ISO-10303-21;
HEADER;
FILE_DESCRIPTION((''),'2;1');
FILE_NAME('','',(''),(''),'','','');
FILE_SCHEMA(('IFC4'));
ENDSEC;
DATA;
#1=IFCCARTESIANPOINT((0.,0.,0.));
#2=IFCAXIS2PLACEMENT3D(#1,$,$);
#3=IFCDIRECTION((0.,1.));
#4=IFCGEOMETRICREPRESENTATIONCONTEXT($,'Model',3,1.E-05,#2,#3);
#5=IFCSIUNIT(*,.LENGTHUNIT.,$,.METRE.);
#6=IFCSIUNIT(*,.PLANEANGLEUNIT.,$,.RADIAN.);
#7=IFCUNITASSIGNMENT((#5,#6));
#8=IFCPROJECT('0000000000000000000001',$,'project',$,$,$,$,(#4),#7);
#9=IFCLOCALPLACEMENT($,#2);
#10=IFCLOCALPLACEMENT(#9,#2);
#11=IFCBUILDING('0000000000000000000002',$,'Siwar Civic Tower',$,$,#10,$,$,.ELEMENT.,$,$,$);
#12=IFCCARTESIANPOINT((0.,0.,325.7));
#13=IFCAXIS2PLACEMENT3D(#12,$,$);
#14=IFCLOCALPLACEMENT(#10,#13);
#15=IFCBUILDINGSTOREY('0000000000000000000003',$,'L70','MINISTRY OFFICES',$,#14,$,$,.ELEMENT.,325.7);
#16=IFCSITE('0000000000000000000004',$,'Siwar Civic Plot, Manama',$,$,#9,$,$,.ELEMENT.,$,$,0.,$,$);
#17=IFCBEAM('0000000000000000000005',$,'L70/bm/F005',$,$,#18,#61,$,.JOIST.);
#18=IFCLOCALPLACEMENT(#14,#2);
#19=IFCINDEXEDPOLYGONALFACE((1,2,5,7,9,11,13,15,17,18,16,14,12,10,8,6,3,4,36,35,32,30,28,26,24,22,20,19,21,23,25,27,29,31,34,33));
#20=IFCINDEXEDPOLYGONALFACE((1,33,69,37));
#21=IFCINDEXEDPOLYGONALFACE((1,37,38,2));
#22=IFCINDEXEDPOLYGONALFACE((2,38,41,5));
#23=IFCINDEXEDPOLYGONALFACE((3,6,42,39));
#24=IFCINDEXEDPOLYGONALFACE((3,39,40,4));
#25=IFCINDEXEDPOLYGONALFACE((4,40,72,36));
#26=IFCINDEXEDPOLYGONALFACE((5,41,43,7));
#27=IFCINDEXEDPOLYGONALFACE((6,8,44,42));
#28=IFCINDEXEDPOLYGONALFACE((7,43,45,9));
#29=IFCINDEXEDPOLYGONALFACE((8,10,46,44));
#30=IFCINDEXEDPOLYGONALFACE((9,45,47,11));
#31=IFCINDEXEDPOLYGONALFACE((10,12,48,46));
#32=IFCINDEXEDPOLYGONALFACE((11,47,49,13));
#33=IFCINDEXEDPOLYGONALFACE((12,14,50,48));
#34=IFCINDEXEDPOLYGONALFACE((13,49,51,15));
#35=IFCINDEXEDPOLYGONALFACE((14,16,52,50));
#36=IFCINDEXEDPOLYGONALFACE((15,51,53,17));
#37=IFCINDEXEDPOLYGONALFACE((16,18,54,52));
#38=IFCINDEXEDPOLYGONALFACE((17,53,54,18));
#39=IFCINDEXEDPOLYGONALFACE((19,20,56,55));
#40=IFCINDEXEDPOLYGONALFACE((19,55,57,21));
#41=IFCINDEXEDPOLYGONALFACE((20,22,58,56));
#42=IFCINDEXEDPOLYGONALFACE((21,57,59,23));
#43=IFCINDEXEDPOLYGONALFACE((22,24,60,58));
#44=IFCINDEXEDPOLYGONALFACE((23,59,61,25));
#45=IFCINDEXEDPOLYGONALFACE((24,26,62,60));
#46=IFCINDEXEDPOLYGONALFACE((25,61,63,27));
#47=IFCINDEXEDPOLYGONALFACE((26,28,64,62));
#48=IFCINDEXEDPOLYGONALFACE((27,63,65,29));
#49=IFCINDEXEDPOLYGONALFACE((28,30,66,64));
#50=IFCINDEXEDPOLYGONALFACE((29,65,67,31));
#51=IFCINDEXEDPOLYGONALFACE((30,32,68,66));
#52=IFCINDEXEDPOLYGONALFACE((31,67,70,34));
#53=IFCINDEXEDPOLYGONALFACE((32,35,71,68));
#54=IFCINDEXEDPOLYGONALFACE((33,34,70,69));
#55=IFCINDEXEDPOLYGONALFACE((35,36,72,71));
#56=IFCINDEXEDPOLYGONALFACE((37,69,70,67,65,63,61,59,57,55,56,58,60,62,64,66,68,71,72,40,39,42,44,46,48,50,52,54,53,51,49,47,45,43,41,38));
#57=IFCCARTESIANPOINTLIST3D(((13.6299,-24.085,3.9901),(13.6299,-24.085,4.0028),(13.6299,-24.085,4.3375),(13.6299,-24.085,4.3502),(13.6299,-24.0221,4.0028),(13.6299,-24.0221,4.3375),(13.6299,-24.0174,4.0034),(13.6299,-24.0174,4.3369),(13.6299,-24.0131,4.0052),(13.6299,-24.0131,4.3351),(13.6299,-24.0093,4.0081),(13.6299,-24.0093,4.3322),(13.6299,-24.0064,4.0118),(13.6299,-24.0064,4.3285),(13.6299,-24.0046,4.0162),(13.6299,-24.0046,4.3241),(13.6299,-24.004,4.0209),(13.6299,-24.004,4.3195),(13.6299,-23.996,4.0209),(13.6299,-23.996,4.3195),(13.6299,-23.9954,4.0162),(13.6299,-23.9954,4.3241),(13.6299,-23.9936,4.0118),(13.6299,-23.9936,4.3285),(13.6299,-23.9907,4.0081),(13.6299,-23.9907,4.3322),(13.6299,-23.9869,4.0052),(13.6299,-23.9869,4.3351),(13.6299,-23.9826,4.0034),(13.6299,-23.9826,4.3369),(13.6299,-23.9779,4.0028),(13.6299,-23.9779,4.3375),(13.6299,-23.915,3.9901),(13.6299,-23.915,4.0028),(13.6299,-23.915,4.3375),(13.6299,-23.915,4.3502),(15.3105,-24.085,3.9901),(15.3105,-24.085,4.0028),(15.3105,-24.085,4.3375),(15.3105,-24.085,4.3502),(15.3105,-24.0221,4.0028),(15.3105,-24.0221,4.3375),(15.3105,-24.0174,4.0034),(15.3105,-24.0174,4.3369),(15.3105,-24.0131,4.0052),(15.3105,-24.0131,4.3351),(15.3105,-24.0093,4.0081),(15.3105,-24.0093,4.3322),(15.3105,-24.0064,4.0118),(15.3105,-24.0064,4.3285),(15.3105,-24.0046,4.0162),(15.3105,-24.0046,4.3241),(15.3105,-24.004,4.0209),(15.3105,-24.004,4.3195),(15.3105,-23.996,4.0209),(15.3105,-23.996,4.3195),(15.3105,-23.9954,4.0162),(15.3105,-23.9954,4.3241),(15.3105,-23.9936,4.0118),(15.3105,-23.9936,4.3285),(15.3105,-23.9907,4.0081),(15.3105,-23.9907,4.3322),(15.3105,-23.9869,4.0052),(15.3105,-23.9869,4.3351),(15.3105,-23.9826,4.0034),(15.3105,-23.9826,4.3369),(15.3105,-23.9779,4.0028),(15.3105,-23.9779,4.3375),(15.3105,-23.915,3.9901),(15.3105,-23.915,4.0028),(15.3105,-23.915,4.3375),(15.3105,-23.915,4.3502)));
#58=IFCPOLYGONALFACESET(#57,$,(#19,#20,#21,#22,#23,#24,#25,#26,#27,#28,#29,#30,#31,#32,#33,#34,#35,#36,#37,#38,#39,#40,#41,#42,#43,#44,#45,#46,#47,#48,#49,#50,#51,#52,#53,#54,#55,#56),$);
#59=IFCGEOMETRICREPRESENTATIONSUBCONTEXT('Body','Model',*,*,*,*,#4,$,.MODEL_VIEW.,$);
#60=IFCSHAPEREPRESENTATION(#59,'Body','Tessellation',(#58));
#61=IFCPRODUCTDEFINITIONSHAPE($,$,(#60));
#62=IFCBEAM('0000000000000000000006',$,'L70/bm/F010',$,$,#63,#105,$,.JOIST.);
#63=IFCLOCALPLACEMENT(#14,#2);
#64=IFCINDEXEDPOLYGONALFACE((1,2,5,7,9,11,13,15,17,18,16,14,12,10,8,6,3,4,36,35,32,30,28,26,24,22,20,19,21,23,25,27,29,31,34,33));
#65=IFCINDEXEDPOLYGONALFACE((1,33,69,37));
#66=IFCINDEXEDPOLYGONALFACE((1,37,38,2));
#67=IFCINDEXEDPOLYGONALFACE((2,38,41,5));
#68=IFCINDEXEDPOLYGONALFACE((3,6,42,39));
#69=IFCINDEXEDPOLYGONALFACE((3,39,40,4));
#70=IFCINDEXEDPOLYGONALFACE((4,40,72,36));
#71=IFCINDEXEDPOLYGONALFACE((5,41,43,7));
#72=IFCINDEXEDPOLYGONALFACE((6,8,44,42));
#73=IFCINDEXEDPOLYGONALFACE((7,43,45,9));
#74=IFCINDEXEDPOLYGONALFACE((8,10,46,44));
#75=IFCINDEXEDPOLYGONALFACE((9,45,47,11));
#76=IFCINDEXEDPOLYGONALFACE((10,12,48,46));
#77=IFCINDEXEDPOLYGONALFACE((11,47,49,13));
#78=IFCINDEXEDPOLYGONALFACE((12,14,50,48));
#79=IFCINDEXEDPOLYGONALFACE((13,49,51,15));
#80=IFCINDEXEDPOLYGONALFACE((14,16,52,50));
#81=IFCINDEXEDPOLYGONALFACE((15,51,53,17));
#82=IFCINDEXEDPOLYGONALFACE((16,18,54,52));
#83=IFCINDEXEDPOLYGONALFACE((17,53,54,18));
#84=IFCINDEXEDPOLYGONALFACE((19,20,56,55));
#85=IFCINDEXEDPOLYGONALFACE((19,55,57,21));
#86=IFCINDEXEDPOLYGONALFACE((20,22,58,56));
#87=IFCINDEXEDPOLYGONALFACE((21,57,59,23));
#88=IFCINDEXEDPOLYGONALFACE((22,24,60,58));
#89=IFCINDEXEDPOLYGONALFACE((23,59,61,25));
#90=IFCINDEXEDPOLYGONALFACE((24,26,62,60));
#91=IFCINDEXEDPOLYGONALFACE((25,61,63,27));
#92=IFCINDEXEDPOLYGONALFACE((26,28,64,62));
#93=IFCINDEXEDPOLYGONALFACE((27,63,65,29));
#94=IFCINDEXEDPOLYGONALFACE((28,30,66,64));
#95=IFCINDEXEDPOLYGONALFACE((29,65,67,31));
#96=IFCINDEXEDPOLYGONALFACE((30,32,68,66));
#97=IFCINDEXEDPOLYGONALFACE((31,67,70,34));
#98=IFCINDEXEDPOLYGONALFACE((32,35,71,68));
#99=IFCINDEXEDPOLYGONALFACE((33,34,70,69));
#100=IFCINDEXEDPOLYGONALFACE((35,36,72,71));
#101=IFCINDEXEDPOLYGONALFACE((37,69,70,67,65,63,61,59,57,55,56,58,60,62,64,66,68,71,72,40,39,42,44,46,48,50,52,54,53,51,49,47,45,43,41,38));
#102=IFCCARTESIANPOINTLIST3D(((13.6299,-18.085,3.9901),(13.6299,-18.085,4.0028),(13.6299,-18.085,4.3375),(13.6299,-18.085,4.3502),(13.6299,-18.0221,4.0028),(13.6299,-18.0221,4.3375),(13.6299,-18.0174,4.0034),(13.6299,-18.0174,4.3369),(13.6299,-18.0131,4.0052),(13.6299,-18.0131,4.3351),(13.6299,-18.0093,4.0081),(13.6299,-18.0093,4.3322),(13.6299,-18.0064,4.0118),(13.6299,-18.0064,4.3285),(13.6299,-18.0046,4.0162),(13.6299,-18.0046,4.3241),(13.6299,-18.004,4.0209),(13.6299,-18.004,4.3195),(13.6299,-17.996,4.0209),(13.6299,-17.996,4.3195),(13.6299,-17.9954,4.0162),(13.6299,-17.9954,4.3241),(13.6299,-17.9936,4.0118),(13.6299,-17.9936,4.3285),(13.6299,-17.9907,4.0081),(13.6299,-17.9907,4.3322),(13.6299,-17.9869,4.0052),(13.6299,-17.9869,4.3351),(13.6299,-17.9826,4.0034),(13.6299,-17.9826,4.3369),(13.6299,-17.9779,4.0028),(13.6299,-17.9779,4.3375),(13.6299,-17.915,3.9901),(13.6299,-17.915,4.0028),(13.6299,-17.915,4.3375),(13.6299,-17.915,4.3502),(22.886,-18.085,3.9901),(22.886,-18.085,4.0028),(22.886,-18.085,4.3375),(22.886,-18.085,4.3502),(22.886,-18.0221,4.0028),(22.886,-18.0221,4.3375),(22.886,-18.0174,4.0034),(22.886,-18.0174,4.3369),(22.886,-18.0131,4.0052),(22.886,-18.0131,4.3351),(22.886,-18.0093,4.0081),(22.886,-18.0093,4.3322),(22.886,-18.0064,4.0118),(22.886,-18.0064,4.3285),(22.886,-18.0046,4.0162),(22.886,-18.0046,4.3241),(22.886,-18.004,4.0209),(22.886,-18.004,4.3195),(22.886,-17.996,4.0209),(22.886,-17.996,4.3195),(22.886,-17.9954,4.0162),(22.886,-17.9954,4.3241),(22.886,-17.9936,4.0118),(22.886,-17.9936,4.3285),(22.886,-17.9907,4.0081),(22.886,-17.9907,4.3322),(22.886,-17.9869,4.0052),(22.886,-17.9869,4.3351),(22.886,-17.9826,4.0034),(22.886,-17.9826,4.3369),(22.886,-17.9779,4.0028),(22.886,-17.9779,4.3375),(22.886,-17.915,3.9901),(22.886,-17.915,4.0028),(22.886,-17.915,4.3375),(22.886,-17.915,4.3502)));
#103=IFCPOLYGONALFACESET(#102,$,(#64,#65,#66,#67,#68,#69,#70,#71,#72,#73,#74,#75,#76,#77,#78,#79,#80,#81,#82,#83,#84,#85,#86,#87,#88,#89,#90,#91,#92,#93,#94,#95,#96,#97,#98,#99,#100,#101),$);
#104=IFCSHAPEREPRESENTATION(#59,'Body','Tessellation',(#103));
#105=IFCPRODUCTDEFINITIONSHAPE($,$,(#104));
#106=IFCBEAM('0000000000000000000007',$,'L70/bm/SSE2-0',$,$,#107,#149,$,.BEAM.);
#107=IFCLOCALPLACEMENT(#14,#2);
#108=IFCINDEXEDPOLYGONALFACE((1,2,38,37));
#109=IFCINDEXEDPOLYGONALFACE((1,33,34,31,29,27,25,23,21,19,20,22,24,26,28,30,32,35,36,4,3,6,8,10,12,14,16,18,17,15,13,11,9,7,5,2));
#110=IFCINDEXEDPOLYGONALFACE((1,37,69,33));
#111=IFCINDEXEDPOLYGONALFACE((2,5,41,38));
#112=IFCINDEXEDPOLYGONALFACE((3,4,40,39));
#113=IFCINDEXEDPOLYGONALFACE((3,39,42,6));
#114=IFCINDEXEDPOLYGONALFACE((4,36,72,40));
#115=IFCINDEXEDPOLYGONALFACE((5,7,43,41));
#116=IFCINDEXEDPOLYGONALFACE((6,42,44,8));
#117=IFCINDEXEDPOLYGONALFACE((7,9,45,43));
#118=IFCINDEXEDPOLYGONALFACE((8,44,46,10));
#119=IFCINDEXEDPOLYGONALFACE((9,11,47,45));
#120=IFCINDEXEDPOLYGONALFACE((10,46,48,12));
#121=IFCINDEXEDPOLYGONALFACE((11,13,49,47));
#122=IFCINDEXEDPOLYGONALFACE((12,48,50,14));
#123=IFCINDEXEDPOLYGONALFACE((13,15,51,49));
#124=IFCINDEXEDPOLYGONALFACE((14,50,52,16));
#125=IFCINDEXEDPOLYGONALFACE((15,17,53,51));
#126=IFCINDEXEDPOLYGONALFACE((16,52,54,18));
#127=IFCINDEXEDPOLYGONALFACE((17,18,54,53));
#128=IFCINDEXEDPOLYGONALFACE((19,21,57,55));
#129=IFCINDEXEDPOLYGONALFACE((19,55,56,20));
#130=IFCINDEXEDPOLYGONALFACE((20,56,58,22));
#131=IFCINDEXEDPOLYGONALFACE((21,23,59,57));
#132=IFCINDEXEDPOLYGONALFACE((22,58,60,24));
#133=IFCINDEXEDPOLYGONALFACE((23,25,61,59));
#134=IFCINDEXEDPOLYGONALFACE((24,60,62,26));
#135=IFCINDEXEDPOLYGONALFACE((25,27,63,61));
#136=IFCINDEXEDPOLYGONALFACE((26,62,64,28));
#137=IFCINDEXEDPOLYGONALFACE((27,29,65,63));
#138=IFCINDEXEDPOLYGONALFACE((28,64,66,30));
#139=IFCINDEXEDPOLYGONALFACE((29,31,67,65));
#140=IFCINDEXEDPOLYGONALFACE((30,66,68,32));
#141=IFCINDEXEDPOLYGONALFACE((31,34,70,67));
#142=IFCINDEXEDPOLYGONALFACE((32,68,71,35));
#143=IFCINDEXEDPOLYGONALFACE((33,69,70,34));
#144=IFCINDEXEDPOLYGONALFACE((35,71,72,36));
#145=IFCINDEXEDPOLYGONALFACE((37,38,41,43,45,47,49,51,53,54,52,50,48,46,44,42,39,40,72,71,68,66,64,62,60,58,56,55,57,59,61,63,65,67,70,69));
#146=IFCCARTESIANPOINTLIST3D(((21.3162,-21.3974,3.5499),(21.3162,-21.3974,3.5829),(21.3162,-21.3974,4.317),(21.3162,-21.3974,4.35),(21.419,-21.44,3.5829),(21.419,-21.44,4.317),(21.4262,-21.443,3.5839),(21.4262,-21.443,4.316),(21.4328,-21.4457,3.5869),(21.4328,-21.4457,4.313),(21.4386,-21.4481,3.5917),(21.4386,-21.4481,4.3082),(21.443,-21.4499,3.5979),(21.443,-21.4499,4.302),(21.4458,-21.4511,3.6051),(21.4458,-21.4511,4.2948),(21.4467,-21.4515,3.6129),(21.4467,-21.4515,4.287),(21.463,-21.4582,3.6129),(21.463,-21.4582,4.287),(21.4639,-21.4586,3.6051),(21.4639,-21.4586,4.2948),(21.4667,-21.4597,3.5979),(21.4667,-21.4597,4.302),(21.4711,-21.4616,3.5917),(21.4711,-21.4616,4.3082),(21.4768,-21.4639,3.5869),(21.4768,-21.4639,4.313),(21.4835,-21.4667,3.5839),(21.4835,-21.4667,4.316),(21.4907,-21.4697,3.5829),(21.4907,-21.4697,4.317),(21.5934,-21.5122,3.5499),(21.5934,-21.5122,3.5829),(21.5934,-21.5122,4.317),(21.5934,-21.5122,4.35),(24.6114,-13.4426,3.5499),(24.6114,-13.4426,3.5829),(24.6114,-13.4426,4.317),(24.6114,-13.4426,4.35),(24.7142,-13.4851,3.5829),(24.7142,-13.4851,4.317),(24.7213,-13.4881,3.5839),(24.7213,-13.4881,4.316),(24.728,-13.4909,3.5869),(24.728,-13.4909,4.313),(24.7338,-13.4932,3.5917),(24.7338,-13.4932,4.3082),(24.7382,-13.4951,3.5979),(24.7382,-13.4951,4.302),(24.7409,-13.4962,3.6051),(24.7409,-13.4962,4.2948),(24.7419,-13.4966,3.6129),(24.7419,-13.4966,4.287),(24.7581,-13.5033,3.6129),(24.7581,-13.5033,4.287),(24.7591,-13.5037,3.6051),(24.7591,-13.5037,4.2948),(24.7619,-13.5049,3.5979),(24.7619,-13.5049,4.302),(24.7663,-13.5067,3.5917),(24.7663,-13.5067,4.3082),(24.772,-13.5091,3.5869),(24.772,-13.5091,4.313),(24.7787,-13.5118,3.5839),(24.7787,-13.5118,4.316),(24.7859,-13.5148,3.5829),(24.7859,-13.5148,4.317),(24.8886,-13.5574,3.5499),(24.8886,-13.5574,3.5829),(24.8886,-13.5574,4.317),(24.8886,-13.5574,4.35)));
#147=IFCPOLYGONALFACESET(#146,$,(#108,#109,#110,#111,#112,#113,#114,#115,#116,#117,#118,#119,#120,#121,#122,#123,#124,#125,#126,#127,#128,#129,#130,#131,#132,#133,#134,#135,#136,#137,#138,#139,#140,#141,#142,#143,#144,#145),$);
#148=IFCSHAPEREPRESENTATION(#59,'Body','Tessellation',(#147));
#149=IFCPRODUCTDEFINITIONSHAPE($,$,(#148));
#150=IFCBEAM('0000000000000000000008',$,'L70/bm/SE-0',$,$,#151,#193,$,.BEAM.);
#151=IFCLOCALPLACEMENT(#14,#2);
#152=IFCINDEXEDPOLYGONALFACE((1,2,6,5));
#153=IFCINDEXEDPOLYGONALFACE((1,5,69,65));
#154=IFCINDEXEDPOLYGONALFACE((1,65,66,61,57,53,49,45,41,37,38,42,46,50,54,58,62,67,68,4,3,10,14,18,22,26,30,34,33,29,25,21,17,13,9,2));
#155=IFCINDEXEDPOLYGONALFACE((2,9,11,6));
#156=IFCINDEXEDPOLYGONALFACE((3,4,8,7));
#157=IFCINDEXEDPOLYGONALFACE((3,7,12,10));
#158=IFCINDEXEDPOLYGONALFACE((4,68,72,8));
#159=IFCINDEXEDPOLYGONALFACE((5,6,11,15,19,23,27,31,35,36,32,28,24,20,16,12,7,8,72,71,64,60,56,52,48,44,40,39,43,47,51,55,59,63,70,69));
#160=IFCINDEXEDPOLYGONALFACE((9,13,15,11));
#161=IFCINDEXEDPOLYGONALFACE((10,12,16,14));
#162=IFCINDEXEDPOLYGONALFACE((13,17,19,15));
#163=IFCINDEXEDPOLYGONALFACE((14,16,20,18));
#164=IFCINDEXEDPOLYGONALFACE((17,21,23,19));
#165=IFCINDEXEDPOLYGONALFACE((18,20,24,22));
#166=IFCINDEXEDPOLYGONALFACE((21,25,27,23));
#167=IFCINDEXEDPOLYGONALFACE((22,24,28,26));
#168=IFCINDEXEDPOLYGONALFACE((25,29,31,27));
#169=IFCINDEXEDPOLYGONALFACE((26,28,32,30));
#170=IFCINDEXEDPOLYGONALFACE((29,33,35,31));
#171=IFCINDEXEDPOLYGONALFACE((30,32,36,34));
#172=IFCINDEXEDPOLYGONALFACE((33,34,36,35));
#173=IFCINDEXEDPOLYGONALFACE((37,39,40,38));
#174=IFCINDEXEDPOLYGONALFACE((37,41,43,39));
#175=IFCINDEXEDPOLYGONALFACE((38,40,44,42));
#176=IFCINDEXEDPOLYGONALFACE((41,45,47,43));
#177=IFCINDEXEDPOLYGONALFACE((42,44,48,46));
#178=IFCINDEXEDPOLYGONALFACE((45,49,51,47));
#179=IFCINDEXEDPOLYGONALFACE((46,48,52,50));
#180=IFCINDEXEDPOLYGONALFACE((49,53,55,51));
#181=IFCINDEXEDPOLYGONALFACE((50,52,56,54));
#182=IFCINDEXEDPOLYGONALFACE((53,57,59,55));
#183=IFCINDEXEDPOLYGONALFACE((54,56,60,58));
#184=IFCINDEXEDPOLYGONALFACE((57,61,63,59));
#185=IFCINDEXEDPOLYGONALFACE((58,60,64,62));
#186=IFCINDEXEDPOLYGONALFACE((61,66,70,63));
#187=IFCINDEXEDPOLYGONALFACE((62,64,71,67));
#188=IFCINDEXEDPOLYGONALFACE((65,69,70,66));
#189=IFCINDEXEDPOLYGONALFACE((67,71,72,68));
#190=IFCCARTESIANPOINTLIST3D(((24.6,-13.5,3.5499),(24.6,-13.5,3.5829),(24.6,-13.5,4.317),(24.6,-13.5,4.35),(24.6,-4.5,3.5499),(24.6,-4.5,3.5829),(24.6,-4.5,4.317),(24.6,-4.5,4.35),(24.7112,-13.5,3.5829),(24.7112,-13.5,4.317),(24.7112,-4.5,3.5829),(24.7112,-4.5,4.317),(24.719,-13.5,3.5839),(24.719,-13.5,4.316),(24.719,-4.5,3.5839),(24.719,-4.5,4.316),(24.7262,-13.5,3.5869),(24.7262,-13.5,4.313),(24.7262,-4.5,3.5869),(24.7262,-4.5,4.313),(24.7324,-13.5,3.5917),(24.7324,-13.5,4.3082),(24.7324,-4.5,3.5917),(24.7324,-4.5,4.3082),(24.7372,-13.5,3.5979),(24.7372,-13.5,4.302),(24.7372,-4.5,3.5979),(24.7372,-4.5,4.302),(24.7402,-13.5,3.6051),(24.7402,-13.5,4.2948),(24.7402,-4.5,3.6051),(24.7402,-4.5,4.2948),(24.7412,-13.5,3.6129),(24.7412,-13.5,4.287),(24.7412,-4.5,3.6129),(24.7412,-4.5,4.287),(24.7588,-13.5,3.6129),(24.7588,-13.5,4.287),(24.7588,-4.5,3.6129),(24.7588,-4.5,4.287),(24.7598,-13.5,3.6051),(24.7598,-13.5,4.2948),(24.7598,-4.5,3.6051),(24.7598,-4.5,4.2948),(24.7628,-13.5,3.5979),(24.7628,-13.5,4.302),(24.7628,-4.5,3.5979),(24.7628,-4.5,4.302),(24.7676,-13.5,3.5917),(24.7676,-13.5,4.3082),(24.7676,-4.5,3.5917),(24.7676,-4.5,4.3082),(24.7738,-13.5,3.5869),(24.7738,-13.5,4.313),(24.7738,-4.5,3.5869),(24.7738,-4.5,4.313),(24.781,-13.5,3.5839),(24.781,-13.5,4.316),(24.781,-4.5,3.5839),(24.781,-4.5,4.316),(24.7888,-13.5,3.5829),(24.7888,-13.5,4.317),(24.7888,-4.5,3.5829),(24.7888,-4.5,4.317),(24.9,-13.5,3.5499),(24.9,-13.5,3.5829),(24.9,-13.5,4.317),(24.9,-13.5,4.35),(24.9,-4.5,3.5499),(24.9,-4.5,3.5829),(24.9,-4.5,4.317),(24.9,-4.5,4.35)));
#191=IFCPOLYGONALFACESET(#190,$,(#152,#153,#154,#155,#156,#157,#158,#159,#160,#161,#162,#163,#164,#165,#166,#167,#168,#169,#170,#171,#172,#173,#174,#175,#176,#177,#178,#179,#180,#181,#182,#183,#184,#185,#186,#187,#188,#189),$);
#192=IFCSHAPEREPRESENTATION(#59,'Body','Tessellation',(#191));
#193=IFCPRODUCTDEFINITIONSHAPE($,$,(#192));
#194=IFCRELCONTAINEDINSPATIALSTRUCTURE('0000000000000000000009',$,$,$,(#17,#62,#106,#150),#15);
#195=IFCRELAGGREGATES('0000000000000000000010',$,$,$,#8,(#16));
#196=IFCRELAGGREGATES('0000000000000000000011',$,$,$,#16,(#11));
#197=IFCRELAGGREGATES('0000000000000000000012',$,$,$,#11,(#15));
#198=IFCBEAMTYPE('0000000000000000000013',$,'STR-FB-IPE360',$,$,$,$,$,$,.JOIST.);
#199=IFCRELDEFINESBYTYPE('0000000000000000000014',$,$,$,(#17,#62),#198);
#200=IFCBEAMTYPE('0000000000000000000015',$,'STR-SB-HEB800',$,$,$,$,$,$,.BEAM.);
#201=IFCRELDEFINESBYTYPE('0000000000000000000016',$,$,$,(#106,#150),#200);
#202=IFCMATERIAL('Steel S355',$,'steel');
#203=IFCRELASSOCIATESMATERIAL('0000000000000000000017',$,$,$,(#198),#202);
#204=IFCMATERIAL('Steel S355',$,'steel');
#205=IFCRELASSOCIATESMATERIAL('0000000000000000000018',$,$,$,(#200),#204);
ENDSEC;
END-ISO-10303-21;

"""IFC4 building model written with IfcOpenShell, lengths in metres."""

from ifc_helpers import new_model, si_unit, direction, frame, origin, origin_2d, place, context, subcontext, project, spatial, i_section, extrude, material, material_profile, profile_set, type_object, element, save


model = new_model("IFC4")

# Units and contexts
model_context = context("Model", 3, precision=1e-05, world=origin(), true_north=direction((0.0, 1.0)))
body_context = subcontext(model_context, "Body", "Model", "MODEL_VIEW")
ifc_project = project(units=[si_unit("LENGTHUNIT", "METRE"), si_unit("PLANEANGLEUNIT", "RADIAN")], contexts=[model_context])

# Site, building, storey
site_placement = place(None, origin())
site = spatial("IfcSite", under=ifc_project, at=site_placement, Name="Siwar Civic Plot, Manama", CompositionType="ELEMENT", RefElevation=0.0)
building_placement = place(site_placement, origin())
building = spatial("IfcBuilding", under=site, at=building_placement, Name="Siwar Civic Tower", CompositionType="ELEMENT")
storey_placement = place(building_placement, frame((0.0, 0.0, 325.7)))
storey = spatial("IfcBuildingStorey", under=building, at=storey_placement, Name="L70", Description="MINISTRY OFFICES", CompositionType="ELEMENT", Elevation=325.7)

# Beams
ifc_material_1 = material(Name="Steel S355", Category="steel")
ifc_material_profile_1 = material_profile(ifc_material_1, i_section(OverallWidth=0.1699, OverallDepth=0.3601, WebThickness=0.0081, FlangeThickness=0.0127, FilletRadius=0.0181, at=origin_2d()), Name="IPE360")
ifc_profile_set_1 = profile_set([ifc_material_profile_1], Name="Steel S355")
beam_type_1 = type_object("IfcBeamType", Name="STR-FB-IPE360", PredefinedType="JOIST", material=ifc_profile_set_1)
beam_1_placement = place(storey_placement, frame((13.6299, -24.0, 4.1702), z_axis=(1.0, 0.0, 0.0), x_axis=(0.0, 1.0, 0.0)))
element("IfcBeam", 1, at=beam_1_placement, inside=storey, type_object=beam_type_1, Name="L70/bm/F005", PredefinedType="JOIST", context=body_context, shape_type="SweptSolid", body=[
    extrude(i_section(OverallWidth=0.1699, OverallDepth=0.3601, WebThickness=0.0081, FlangeThickness=0.0127, FilletRadius=0.0181, at=origin_2d()), origin(), (0.0, 0.0, 1.0), 1.6807),
])
beam_2_placement = place(storey_placement, frame((13.6299, -18.0, 4.1702), z_axis=(1.0, 0.0, 0.0), x_axis=(0.0, 1.0, 0.0)))
element("IfcBeam", 2, at=beam_2_placement, inside=storey, type_object=beam_type_1, Name="L70/bm/F010", PredefinedType="JOIST", context=body_context, shape_type="SweptSolid", body=[
    extrude(i_section(OverallWidth=0.1699, OverallDepth=0.3601, WebThickness=0.0081, FlangeThickness=0.0127, FilletRadius=0.0181, at=origin_2d()), origin(), (0.0, 0.0, 1.0), 9.2561),
])
ifc_material_2 = material(Name="Steel S355", Category="steel")
ifc_material_profile_2 = material_profile(ifc_material_2, i_section(OverallWidth=0.3, OverallDepth=0.8, WebThickness=0.0176, FlangeThickness=0.033, FilletRadius=0.03, at=origin_2d()), Name="HEB800")
ifc_profile_set_2 = profile_set([ifc_material_profile_2], Name="Steel S355")
beam_type_2 = type_object("IfcBeamType", Name="STR-SB-HEB800", PredefinedType="BEAM", material=ifc_profile_set_2)
beam_3_placement = place(storey_placement, frame((21.4548, -21.4548, 3.95), z_axis=(0.3827, 0.923873, 0.0), x_axis=(-0.923873, 0.3827, 0.0)))
element("IfcBeam", 3, at=beam_3_placement, inside=storey, type_object=beam_type_2, Name="L70/bm/SSE2-0", PredefinedType="BEAM", context=body_context, shape_type="SweptSolid", body=[
    extrude(i_section(OverallWidth=0.3, OverallDepth=0.8, WebThickness=0.0176, FlangeThickness=0.033, FilletRadius=0.03, at=origin_2d()), origin(), (0.0, 0.0, 1.0), 8.6104),
])
beam_4_placement = place(storey_placement, frame((24.75, -13.5, 3.95), z_axis=(0.0, 1.0, 0.0), x_axis=(-1.0, 0.0, 0.0)))
element("IfcBeam", 4, at=beam_4_placement, inside=storey, type_object=beam_type_2, Name="L70/bm/SE-0", PredefinedType="BEAM", context=body_context, shape_type="SweptSolid", body=[
    extrude(i_section(OverallWidth=0.3, OverallDepth=0.8, WebThickness=0.0176, FlangeThickness=0.033, FilletRadius=0.03, at=origin_2d()), origin(), (0.0, 0.0, 1.0), 9.0),
])

save(model, "model.ifc")
